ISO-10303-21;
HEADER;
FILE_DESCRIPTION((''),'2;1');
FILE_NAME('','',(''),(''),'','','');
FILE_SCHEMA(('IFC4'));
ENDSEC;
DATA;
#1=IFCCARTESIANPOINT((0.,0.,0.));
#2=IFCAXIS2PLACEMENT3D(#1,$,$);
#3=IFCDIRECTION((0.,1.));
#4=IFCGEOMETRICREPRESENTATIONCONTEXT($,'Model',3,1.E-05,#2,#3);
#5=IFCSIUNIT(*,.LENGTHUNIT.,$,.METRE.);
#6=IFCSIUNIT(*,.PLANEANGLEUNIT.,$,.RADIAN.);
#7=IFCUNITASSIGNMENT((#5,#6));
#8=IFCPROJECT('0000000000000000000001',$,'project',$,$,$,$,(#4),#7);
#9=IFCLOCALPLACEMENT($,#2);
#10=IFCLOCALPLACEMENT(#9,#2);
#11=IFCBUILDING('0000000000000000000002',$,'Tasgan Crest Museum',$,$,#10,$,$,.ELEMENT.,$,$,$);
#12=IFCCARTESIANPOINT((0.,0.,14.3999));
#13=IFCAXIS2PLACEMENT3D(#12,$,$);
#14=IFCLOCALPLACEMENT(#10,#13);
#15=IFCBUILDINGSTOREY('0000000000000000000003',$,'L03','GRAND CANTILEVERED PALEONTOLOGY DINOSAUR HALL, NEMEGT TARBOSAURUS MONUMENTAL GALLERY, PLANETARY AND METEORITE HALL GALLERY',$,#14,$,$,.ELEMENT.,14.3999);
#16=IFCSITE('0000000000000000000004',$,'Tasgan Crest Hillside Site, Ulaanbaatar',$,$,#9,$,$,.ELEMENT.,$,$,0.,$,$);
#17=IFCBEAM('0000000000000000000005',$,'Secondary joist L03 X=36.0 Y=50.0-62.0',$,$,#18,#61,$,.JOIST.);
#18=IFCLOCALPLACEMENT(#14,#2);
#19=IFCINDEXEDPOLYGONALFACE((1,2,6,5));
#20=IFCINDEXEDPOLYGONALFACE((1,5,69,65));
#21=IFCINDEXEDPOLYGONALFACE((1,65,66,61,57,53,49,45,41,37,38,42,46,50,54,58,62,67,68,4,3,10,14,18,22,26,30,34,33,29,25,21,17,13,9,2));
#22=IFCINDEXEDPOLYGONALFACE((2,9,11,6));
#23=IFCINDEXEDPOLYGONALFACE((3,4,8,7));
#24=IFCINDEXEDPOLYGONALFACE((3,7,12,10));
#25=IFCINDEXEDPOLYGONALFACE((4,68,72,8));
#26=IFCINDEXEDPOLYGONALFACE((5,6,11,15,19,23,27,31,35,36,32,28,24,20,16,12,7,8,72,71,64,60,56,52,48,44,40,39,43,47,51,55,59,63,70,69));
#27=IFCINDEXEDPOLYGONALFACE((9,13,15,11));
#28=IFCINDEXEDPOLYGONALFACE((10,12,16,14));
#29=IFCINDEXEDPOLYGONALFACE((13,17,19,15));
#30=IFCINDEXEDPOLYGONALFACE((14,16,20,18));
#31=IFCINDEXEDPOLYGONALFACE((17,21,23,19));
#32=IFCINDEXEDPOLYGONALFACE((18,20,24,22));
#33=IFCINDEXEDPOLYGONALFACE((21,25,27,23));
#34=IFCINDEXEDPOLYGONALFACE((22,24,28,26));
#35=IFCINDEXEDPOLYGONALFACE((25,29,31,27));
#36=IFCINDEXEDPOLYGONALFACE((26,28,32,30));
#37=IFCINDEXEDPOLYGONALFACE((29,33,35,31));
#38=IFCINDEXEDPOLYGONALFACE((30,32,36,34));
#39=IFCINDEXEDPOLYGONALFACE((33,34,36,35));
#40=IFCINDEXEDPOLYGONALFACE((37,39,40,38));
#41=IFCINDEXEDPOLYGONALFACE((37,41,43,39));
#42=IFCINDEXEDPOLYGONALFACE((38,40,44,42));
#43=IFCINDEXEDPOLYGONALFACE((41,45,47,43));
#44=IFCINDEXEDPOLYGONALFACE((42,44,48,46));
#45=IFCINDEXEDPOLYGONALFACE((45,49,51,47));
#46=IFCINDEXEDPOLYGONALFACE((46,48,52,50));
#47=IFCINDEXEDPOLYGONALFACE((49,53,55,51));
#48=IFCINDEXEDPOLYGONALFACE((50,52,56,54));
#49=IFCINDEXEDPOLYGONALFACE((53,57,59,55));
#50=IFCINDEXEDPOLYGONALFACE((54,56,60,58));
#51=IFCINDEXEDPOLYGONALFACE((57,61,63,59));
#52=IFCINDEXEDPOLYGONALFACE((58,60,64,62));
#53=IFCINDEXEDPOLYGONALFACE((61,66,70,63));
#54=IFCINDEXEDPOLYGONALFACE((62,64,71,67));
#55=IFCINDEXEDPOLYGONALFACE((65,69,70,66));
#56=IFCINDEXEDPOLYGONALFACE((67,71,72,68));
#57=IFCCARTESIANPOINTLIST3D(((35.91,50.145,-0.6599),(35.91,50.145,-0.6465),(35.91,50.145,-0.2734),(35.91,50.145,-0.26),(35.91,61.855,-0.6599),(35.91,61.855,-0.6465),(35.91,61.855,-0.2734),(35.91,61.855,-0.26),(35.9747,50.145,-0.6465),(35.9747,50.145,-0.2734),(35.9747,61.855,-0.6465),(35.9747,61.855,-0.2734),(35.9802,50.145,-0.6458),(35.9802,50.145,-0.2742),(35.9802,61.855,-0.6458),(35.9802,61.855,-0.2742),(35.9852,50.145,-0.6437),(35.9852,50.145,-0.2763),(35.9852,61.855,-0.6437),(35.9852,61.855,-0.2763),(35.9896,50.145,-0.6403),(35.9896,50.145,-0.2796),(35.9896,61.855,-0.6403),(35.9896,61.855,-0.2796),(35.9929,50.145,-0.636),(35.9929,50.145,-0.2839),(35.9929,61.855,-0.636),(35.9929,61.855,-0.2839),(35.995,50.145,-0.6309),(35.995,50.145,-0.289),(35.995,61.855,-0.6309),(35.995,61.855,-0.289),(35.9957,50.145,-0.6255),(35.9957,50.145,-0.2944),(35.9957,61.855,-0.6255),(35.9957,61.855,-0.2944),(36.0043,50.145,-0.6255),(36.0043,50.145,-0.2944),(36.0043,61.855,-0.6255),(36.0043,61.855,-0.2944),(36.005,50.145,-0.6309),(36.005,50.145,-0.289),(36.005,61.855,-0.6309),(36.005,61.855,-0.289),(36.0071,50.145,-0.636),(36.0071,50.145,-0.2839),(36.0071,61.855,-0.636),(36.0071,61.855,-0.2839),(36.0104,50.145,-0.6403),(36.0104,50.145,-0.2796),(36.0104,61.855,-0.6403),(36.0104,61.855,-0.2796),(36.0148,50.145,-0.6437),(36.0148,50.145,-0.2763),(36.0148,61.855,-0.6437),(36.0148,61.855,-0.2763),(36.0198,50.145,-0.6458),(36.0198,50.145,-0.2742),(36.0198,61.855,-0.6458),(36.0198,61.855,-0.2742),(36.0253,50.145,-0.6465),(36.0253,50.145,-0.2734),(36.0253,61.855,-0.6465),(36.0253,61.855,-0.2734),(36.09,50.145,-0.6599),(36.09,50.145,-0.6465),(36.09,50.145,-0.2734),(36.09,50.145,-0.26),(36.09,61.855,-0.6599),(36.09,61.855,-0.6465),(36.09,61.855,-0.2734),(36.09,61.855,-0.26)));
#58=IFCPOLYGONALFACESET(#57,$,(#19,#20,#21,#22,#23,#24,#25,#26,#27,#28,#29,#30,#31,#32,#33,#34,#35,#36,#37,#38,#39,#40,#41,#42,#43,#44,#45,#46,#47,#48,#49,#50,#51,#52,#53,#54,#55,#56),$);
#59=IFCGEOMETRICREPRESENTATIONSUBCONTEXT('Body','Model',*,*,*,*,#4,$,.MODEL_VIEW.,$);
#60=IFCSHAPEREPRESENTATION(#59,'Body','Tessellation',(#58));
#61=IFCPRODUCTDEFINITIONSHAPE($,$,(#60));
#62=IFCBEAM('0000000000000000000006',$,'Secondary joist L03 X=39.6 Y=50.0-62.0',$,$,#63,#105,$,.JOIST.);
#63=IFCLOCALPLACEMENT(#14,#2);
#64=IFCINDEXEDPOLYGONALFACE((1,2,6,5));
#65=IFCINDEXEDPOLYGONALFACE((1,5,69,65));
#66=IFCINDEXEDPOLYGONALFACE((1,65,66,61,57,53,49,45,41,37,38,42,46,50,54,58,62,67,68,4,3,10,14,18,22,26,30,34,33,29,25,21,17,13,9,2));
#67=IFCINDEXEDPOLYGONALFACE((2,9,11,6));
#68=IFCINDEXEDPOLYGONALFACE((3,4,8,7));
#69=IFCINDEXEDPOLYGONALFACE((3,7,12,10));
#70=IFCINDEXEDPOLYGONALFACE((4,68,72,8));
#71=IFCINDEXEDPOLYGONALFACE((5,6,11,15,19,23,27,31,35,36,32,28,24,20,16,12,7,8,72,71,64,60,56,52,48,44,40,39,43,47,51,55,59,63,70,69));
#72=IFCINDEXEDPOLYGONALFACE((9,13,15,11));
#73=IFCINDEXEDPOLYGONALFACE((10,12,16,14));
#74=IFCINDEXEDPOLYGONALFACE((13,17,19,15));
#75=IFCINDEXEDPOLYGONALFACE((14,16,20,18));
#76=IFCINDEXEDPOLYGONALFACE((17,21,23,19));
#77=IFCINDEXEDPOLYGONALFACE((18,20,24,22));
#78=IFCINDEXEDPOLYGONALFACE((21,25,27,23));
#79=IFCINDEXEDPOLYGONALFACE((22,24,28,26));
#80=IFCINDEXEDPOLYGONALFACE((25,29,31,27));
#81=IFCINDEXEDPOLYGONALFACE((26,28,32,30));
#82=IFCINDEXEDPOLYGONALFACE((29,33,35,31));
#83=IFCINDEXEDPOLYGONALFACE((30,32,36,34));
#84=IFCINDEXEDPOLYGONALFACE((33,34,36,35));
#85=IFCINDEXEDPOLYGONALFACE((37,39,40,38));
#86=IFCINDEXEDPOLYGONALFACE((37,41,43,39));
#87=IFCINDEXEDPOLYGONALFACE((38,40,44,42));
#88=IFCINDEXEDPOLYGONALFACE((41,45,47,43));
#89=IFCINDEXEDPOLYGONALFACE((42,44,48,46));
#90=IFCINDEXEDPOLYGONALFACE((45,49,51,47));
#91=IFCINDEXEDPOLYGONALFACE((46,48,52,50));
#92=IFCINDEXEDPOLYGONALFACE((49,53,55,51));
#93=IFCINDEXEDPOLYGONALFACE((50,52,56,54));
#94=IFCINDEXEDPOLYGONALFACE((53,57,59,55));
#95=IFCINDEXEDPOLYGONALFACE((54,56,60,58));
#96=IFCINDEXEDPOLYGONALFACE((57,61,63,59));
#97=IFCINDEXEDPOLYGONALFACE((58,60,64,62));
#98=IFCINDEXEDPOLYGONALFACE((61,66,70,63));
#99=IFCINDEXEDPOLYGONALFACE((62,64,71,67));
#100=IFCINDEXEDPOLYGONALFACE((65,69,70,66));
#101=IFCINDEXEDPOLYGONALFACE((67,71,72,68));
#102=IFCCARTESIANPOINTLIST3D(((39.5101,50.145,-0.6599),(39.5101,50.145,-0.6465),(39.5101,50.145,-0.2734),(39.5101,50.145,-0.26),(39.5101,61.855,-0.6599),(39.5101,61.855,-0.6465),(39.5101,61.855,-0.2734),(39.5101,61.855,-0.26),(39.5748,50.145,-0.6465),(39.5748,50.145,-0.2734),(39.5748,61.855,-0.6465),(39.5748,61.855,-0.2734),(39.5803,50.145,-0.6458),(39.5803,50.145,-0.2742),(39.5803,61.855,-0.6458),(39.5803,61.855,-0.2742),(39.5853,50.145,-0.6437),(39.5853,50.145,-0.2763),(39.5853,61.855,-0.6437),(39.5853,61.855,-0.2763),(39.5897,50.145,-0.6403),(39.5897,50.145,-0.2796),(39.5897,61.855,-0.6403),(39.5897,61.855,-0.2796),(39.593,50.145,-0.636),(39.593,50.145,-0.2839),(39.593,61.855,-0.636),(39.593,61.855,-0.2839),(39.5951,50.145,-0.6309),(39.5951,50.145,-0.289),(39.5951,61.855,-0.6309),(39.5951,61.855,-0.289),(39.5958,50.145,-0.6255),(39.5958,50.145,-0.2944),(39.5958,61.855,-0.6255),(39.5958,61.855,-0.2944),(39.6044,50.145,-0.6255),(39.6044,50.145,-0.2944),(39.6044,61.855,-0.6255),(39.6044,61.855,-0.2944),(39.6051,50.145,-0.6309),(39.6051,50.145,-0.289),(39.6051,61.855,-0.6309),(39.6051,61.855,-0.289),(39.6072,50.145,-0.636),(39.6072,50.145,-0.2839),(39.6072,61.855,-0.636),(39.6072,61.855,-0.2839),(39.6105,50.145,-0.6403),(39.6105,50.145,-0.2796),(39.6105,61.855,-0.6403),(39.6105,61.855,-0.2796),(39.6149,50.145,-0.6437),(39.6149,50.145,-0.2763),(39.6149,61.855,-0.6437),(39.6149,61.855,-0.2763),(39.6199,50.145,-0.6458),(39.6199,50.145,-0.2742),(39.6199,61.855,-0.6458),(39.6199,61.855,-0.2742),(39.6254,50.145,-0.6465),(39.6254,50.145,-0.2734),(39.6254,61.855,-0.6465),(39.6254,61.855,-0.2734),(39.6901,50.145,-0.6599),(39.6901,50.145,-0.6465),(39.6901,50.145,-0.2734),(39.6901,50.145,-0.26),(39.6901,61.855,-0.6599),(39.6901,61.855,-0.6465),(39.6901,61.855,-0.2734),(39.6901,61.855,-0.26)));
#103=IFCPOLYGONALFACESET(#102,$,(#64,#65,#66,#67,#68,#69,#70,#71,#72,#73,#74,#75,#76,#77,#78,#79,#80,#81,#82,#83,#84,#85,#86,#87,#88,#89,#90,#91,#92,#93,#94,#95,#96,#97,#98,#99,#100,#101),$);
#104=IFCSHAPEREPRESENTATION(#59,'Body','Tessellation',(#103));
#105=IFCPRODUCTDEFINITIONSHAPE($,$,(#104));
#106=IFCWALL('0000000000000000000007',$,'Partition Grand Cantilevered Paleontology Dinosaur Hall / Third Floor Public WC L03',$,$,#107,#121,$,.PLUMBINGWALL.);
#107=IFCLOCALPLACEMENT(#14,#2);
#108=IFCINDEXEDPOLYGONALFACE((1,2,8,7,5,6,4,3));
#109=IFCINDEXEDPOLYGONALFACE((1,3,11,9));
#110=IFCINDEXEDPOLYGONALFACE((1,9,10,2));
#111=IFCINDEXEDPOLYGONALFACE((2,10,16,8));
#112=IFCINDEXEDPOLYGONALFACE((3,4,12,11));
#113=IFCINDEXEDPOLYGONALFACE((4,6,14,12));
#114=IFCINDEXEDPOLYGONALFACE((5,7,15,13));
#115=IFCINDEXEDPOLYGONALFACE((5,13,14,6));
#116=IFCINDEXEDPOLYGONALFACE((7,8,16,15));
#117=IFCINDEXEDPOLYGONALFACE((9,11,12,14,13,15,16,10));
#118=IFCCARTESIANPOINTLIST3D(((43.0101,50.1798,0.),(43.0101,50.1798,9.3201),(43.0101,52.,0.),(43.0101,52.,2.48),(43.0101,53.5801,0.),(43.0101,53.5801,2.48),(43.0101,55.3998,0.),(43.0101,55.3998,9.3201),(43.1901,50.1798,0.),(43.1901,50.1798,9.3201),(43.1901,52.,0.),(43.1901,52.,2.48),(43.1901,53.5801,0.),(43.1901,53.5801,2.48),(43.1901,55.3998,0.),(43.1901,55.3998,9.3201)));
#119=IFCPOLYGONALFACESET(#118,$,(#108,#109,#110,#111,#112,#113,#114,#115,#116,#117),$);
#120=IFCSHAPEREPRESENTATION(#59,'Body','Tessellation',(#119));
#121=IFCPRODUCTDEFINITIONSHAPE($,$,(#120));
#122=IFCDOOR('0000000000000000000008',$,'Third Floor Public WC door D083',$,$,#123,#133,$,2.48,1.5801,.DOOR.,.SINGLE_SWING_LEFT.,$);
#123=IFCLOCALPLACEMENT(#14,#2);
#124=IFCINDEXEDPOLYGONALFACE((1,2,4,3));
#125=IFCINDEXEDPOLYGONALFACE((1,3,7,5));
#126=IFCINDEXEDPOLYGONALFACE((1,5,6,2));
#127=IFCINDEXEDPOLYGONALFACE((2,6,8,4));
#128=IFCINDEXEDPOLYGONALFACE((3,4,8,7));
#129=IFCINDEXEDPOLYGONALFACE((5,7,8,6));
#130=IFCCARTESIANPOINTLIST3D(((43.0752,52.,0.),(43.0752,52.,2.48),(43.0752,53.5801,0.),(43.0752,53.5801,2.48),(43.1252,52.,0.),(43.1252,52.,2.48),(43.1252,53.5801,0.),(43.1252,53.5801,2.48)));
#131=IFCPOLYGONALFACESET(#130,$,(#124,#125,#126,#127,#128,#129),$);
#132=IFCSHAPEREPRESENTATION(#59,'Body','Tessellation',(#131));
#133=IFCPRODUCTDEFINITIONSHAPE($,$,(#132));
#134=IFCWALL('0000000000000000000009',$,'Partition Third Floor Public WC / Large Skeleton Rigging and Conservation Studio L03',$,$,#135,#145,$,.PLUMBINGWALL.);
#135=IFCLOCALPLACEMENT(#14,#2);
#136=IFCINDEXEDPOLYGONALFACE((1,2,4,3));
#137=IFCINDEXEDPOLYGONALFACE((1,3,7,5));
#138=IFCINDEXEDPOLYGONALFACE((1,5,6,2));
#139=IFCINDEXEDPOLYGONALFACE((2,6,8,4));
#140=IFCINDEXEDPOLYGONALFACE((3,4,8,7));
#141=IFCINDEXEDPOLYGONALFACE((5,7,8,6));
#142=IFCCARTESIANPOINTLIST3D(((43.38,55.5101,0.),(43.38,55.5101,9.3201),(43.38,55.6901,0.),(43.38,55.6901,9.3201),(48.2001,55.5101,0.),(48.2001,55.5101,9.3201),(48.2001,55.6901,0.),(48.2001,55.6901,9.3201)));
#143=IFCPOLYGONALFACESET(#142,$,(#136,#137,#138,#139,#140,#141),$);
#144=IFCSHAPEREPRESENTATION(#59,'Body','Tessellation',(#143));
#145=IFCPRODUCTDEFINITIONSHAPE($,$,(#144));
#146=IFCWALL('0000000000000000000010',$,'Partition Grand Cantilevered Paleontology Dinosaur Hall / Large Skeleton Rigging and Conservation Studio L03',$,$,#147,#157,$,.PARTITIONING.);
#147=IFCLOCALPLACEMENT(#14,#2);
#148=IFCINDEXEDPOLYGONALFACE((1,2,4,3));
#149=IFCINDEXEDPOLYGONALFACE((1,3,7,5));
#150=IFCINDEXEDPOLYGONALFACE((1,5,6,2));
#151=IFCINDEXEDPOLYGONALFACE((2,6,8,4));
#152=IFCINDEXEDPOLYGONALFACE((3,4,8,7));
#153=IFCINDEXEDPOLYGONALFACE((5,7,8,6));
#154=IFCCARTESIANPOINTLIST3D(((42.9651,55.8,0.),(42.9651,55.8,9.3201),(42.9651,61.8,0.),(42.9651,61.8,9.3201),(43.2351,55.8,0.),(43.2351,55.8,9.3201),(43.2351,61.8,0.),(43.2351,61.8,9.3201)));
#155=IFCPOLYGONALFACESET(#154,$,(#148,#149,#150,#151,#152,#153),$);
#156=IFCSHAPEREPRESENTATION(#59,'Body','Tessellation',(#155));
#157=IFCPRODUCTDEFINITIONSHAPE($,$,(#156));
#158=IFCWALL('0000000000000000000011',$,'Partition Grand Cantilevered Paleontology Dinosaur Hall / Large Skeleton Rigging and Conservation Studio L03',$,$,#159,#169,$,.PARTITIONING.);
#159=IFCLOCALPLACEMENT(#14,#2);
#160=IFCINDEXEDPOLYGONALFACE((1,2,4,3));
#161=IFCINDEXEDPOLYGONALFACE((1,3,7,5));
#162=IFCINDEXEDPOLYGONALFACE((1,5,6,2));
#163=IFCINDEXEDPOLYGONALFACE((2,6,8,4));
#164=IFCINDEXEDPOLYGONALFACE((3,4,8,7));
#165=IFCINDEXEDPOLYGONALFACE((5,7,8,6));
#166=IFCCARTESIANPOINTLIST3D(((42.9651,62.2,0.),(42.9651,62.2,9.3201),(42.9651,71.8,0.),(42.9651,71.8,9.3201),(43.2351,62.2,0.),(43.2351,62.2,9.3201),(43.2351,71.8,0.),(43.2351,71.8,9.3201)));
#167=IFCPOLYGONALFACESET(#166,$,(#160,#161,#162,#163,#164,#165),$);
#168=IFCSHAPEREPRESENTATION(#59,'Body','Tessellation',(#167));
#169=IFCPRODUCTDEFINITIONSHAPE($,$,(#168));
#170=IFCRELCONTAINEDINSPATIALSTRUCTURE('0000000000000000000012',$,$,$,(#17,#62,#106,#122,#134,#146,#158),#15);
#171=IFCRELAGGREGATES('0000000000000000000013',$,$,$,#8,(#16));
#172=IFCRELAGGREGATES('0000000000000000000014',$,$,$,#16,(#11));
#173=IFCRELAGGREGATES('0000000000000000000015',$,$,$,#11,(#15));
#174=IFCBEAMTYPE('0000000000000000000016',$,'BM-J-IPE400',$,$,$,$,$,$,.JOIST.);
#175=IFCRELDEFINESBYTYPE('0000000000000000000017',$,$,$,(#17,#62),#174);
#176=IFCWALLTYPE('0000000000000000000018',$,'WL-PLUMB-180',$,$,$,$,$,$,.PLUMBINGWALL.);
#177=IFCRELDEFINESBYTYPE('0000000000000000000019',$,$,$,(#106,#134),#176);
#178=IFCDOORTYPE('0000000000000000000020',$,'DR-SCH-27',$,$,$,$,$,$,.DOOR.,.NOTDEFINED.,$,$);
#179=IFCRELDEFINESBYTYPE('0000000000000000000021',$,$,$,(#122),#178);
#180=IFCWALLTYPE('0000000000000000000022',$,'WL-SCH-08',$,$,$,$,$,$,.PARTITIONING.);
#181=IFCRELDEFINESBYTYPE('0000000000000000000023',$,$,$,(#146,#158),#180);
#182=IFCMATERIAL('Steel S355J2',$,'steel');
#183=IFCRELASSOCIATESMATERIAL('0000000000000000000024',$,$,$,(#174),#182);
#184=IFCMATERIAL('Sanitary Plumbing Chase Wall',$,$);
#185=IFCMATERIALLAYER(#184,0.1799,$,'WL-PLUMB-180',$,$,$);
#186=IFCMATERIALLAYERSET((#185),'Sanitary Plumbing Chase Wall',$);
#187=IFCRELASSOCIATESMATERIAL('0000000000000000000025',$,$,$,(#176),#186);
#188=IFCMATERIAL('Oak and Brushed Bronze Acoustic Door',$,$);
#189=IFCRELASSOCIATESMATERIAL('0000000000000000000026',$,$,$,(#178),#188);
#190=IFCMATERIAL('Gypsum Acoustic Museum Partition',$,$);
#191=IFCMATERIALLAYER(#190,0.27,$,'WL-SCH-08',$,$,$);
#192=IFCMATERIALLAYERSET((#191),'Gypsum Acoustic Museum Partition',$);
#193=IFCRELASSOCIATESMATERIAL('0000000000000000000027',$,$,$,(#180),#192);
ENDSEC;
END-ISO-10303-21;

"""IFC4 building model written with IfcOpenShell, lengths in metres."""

from ifc_helpers import new_model, si_unit, direction, frame, frame_2d, origin, origin_2d, place, context, subcontext, project, spatial, rectangle, i_section, extrude, material, layer, layer_set, material_profile, profile_set, type_object, element, fill, save


model = new_model("IFC4")

# Units and contexts
model_context = context("Model", 3, precision=1e-05, world=origin(), true_north=direction((0.0, 1.0)))
body_context = subcontext(model_context, "Body", "Model", "MODEL_VIEW")
ifc_project = project(units=[si_unit("LENGTHUNIT", "METRE"), si_unit("PLANEANGLEUNIT", "RADIAN")], contexts=[model_context])

# Site, building, storey
site_placement = place(None, origin())
site = spatial("IfcSite", under=ifc_project, at=site_placement, Name="Tasgan Crest Hillside Site, Ulaanbaatar", CompositionType="ELEMENT", RefElevation=0.0)
building_placement = place(site_placement, origin())
building = spatial("IfcBuilding", under=site, at=building_placement, Name="Tasgan Crest Museum", CompositionType="ELEMENT")
storey_placement = place(building_placement, frame((0.0, 0.0, 14.3999)))
storey = spatial("IfcBuildingStorey", under=building, at=storey_placement, Name="L03", Description="GRAND CANTILEVERED PALEONTOLOGY DINOSAUR HALL, NEMEGT TARBOSAURUS MONUMENTAL GALLERY, PLANETARY AND METEORITE HALL GALLERY", CompositionType="ELEMENT", Elevation=14.3999)

# Beams
ifc_material_1 = material(Name="Steel S355J2", Category="steel")
ifc_material_profile_1 = material_profile(ifc_material_1, i_section(OverallWidth=0.1799, OverallDepth=0.3999, WebThickness=0.0085, FlangeThickness=0.0134, FilletRadius=0.021, at=origin_2d()), Name="IPE 400")
ifc_profile_set_1 = profile_set([ifc_material_profile_1], Name="Steel S355J2")
beam_type_1 = type_object("IfcBeamType", Name="BM-J-IPE400", PredefinedType="JOIST", material=ifc_profile_set_1)
for number, where, z_axis, x_axis, name in (
    (1, (36.0, 50.145, -0.46), (0.0, 1.0, 0.0), (-1.0, 0.0, 0.0), "Secondary joist L03 X=36.0 Y=50.0-62.0"),
    (2, (39.6001, 50.145, -0.46), (0.0, 1.0, 0.0), (-1.0, 0.0, 0.0), "Secondary joist L03 X=39.6 Y=50.0-62.0"),
):
    element("IfcBeam", number, at=place(storey_placement, frame(where, z_axis=z_axis, x_axis=x_axis)), inside=storey, type_object=beam_type_1, Name=name, PredefinedType="JOIST", context=body_context, shape_type="SweptSolid", body=[
        extrude(i_section(OverallWidth=0.1799, OverallDepth=0.3999, WebThickness=0.0085, FlangeThickness=0.0134, FilletRadius=0.021, at=origin_2d()), origin(), (0.0, 0.0, 1.0), 11.71),
    ])

# Wall, opening, door
ifc_material_2 = material(Name="Sanitary Plumbing Chase Wall")
ifc_layer_1 = layer(ifc_material_2, 0.1799, Name="WL-PLUMB-180")
ifc_layer_set_1 = layer_set([ifc_layer_1], Name="Sanitary Plumbing Chase Wall")
wall_type_1 = type_object("IfcWallType", Name="WL-PLUMB-180", PredefinedType="PLUMBINGWALL", material=ifc_layer_set_1)
wall_1_placement = place(storey_placement, frame((43.1001, 50.1799, 0.0), z_axis=(0.0, 0.0, 1.0), x_axis=(0.0, 1.0, 0.0)))
wall_1 = element("IfcWall", 3, at=wall_1_placement, inside=storey, type_object=wall_type_1, Name="Partition Grand Cantilevered Paleontology Dinosaur Hall / Third Floor Public WC L03", PredefinedType="PLUMBINGWALL", context=body_context, shape_type="SweptSolid", body=[
    extrude(rectangle(XDim=5.22, YDim=0.1799, at=frame_2d((2.6099, 0.0))), origin(), (0.0, 0.0, 1.0), 9.3201),
])
opening_placement = place(wall_1_placement, frame((1.8201, 0.0, 0.0)))
opening = element("IfcOpeningElement", 4, at=opening_placement, cuts=wall_1, PredefinedType="OPENING", context=body_context, shape_type="SweptSolid", body=[
    extrude(rectangle(XDim=1.5801, YDim=2.48, at=frame_2d((0.79, 1.24))), frame((0.0, 0.0999, 0.0), z_axis=(0.0, -1.0, 0.0), x_axis=(1.0, 0.0, 0.0)), (0.0, 0.0, 1.0), 0.2),
])
ifc_material_3 = material(Name="Oak and Brushed Bronze Acoustic Door")
door_type = type_object("IfcDoorType", Name="DR-SCH-27", OperationType="NOTDEFINED", PredefinedType="DOOR", material=ifc_material_3)
door_placement = place(opening_placement, origin())
door = element("IfcDoor", 5, at=door_placement, inside=storey, type_object=door_type, Name="Third Floor Public WC door D083", OperationType="SINGLE_SWING_LEFT", OverallHeight=2.48, OverallWidth=1.5801, PredefinedType="DOOR", context=body_context, shape_type="SweptSolid", body=[
    extrude(rectangle(XDim=1.5801, YDim=2.48, at=frame_2d((0.79, 1.24))), frame((0.0, 0.0249, 0.0), z_axis=(0.0, -1.0, 0.0), x_axis=(1.0, 0.0, 0.0)), (0.0, 0.0, 1.0), 0.05),
])
fill(opening, door)

# Walls
wall_2_placement = place(storey_placement, frame((43.3799, 55.6001, 0.0), z_axis=(0.0, 0.0, 1.0), x_axis=(1.0, 0.0, 0.0)))
element("IfcWall", 6, at=wall_2_placement, inside=storey, type_object=wall_type_1, Name="Partition Third Floor Public WC / Large Skeleton Rigging and Conservation Studio L03", PredefinedType="PLUMBINGWALL", context=body_context, shape_type="SweptSolid", body=[
    extrude(rectangle(XDim=4.8201, YDim=0.1799, at=frame_2d((2.4102, 0.0))), origin(), (0.0, 0.0, 1.0), 9.3201),
])
ifc_material_4 = material(Name="Gypsum Acoustic Museum Partition")
ifc_layer_2 = layer(ifc_material_4, 0.27, Name="WL-SCH-08")
ifc_layer_set_2 = layer_set([ifc_layer_2], Name="Gypsum Acoustic Museum Partition")
wall_type_2 = type_object("IfcWallType", Name="WL-SCH-08", PredefinedType="PARTITIONING", material=ifc_layer_set_2)
wall_3_placement = place(storey_placement, frame((43.1001, 55.8, 0.0), z_axis=(0.0, 0.0, 1.0), x_axis=(0.0, 1.0, 0.0)))
element("IfcWall", 7, at=wall_3_placement, inside=storey, type_object=wall_type_2, Name="Partition Grand Cantilevered Paleontology Dinosaur Hall / Large Skeleton Rigging and Conservation Studio L03", PredefinedType="PARTITIONING", context=body_context, shape_type="SweptSolid", body=[
    extrude(rectangle(XDim=6.0, YDim=0.27, at=frame_2d((3.0, 0.0))), origin(), (0.0, 0.0, 1.0), 9.3201),
])
wall_4_placement = place(storey_placement, frame((43.1001, 62.2, 0.0), z_axis=(0.0, 0.0, 1.0), x_axis=(0.0, 1.0, 0.0)))
element("IfcWall", 8, at=wall_4_placement, inside=storey, type_object=wall_type_2, Name="Partition Grand Cantilevered Paleontology Dinosaur Hall / Large Skeleton Rigging and Conservation Studio L03", PredefinedType="PARTITIONING", context=body_context, shape_type="SweptSolid", body=[
    extrude(rectangle(XDim=9.6001, YDim=0.27, at=frame_2d((4.8, 0.0))), origin(), (0.0, 0.0, 1.0), 9.3201),
])

save(model, "model.ifc")
